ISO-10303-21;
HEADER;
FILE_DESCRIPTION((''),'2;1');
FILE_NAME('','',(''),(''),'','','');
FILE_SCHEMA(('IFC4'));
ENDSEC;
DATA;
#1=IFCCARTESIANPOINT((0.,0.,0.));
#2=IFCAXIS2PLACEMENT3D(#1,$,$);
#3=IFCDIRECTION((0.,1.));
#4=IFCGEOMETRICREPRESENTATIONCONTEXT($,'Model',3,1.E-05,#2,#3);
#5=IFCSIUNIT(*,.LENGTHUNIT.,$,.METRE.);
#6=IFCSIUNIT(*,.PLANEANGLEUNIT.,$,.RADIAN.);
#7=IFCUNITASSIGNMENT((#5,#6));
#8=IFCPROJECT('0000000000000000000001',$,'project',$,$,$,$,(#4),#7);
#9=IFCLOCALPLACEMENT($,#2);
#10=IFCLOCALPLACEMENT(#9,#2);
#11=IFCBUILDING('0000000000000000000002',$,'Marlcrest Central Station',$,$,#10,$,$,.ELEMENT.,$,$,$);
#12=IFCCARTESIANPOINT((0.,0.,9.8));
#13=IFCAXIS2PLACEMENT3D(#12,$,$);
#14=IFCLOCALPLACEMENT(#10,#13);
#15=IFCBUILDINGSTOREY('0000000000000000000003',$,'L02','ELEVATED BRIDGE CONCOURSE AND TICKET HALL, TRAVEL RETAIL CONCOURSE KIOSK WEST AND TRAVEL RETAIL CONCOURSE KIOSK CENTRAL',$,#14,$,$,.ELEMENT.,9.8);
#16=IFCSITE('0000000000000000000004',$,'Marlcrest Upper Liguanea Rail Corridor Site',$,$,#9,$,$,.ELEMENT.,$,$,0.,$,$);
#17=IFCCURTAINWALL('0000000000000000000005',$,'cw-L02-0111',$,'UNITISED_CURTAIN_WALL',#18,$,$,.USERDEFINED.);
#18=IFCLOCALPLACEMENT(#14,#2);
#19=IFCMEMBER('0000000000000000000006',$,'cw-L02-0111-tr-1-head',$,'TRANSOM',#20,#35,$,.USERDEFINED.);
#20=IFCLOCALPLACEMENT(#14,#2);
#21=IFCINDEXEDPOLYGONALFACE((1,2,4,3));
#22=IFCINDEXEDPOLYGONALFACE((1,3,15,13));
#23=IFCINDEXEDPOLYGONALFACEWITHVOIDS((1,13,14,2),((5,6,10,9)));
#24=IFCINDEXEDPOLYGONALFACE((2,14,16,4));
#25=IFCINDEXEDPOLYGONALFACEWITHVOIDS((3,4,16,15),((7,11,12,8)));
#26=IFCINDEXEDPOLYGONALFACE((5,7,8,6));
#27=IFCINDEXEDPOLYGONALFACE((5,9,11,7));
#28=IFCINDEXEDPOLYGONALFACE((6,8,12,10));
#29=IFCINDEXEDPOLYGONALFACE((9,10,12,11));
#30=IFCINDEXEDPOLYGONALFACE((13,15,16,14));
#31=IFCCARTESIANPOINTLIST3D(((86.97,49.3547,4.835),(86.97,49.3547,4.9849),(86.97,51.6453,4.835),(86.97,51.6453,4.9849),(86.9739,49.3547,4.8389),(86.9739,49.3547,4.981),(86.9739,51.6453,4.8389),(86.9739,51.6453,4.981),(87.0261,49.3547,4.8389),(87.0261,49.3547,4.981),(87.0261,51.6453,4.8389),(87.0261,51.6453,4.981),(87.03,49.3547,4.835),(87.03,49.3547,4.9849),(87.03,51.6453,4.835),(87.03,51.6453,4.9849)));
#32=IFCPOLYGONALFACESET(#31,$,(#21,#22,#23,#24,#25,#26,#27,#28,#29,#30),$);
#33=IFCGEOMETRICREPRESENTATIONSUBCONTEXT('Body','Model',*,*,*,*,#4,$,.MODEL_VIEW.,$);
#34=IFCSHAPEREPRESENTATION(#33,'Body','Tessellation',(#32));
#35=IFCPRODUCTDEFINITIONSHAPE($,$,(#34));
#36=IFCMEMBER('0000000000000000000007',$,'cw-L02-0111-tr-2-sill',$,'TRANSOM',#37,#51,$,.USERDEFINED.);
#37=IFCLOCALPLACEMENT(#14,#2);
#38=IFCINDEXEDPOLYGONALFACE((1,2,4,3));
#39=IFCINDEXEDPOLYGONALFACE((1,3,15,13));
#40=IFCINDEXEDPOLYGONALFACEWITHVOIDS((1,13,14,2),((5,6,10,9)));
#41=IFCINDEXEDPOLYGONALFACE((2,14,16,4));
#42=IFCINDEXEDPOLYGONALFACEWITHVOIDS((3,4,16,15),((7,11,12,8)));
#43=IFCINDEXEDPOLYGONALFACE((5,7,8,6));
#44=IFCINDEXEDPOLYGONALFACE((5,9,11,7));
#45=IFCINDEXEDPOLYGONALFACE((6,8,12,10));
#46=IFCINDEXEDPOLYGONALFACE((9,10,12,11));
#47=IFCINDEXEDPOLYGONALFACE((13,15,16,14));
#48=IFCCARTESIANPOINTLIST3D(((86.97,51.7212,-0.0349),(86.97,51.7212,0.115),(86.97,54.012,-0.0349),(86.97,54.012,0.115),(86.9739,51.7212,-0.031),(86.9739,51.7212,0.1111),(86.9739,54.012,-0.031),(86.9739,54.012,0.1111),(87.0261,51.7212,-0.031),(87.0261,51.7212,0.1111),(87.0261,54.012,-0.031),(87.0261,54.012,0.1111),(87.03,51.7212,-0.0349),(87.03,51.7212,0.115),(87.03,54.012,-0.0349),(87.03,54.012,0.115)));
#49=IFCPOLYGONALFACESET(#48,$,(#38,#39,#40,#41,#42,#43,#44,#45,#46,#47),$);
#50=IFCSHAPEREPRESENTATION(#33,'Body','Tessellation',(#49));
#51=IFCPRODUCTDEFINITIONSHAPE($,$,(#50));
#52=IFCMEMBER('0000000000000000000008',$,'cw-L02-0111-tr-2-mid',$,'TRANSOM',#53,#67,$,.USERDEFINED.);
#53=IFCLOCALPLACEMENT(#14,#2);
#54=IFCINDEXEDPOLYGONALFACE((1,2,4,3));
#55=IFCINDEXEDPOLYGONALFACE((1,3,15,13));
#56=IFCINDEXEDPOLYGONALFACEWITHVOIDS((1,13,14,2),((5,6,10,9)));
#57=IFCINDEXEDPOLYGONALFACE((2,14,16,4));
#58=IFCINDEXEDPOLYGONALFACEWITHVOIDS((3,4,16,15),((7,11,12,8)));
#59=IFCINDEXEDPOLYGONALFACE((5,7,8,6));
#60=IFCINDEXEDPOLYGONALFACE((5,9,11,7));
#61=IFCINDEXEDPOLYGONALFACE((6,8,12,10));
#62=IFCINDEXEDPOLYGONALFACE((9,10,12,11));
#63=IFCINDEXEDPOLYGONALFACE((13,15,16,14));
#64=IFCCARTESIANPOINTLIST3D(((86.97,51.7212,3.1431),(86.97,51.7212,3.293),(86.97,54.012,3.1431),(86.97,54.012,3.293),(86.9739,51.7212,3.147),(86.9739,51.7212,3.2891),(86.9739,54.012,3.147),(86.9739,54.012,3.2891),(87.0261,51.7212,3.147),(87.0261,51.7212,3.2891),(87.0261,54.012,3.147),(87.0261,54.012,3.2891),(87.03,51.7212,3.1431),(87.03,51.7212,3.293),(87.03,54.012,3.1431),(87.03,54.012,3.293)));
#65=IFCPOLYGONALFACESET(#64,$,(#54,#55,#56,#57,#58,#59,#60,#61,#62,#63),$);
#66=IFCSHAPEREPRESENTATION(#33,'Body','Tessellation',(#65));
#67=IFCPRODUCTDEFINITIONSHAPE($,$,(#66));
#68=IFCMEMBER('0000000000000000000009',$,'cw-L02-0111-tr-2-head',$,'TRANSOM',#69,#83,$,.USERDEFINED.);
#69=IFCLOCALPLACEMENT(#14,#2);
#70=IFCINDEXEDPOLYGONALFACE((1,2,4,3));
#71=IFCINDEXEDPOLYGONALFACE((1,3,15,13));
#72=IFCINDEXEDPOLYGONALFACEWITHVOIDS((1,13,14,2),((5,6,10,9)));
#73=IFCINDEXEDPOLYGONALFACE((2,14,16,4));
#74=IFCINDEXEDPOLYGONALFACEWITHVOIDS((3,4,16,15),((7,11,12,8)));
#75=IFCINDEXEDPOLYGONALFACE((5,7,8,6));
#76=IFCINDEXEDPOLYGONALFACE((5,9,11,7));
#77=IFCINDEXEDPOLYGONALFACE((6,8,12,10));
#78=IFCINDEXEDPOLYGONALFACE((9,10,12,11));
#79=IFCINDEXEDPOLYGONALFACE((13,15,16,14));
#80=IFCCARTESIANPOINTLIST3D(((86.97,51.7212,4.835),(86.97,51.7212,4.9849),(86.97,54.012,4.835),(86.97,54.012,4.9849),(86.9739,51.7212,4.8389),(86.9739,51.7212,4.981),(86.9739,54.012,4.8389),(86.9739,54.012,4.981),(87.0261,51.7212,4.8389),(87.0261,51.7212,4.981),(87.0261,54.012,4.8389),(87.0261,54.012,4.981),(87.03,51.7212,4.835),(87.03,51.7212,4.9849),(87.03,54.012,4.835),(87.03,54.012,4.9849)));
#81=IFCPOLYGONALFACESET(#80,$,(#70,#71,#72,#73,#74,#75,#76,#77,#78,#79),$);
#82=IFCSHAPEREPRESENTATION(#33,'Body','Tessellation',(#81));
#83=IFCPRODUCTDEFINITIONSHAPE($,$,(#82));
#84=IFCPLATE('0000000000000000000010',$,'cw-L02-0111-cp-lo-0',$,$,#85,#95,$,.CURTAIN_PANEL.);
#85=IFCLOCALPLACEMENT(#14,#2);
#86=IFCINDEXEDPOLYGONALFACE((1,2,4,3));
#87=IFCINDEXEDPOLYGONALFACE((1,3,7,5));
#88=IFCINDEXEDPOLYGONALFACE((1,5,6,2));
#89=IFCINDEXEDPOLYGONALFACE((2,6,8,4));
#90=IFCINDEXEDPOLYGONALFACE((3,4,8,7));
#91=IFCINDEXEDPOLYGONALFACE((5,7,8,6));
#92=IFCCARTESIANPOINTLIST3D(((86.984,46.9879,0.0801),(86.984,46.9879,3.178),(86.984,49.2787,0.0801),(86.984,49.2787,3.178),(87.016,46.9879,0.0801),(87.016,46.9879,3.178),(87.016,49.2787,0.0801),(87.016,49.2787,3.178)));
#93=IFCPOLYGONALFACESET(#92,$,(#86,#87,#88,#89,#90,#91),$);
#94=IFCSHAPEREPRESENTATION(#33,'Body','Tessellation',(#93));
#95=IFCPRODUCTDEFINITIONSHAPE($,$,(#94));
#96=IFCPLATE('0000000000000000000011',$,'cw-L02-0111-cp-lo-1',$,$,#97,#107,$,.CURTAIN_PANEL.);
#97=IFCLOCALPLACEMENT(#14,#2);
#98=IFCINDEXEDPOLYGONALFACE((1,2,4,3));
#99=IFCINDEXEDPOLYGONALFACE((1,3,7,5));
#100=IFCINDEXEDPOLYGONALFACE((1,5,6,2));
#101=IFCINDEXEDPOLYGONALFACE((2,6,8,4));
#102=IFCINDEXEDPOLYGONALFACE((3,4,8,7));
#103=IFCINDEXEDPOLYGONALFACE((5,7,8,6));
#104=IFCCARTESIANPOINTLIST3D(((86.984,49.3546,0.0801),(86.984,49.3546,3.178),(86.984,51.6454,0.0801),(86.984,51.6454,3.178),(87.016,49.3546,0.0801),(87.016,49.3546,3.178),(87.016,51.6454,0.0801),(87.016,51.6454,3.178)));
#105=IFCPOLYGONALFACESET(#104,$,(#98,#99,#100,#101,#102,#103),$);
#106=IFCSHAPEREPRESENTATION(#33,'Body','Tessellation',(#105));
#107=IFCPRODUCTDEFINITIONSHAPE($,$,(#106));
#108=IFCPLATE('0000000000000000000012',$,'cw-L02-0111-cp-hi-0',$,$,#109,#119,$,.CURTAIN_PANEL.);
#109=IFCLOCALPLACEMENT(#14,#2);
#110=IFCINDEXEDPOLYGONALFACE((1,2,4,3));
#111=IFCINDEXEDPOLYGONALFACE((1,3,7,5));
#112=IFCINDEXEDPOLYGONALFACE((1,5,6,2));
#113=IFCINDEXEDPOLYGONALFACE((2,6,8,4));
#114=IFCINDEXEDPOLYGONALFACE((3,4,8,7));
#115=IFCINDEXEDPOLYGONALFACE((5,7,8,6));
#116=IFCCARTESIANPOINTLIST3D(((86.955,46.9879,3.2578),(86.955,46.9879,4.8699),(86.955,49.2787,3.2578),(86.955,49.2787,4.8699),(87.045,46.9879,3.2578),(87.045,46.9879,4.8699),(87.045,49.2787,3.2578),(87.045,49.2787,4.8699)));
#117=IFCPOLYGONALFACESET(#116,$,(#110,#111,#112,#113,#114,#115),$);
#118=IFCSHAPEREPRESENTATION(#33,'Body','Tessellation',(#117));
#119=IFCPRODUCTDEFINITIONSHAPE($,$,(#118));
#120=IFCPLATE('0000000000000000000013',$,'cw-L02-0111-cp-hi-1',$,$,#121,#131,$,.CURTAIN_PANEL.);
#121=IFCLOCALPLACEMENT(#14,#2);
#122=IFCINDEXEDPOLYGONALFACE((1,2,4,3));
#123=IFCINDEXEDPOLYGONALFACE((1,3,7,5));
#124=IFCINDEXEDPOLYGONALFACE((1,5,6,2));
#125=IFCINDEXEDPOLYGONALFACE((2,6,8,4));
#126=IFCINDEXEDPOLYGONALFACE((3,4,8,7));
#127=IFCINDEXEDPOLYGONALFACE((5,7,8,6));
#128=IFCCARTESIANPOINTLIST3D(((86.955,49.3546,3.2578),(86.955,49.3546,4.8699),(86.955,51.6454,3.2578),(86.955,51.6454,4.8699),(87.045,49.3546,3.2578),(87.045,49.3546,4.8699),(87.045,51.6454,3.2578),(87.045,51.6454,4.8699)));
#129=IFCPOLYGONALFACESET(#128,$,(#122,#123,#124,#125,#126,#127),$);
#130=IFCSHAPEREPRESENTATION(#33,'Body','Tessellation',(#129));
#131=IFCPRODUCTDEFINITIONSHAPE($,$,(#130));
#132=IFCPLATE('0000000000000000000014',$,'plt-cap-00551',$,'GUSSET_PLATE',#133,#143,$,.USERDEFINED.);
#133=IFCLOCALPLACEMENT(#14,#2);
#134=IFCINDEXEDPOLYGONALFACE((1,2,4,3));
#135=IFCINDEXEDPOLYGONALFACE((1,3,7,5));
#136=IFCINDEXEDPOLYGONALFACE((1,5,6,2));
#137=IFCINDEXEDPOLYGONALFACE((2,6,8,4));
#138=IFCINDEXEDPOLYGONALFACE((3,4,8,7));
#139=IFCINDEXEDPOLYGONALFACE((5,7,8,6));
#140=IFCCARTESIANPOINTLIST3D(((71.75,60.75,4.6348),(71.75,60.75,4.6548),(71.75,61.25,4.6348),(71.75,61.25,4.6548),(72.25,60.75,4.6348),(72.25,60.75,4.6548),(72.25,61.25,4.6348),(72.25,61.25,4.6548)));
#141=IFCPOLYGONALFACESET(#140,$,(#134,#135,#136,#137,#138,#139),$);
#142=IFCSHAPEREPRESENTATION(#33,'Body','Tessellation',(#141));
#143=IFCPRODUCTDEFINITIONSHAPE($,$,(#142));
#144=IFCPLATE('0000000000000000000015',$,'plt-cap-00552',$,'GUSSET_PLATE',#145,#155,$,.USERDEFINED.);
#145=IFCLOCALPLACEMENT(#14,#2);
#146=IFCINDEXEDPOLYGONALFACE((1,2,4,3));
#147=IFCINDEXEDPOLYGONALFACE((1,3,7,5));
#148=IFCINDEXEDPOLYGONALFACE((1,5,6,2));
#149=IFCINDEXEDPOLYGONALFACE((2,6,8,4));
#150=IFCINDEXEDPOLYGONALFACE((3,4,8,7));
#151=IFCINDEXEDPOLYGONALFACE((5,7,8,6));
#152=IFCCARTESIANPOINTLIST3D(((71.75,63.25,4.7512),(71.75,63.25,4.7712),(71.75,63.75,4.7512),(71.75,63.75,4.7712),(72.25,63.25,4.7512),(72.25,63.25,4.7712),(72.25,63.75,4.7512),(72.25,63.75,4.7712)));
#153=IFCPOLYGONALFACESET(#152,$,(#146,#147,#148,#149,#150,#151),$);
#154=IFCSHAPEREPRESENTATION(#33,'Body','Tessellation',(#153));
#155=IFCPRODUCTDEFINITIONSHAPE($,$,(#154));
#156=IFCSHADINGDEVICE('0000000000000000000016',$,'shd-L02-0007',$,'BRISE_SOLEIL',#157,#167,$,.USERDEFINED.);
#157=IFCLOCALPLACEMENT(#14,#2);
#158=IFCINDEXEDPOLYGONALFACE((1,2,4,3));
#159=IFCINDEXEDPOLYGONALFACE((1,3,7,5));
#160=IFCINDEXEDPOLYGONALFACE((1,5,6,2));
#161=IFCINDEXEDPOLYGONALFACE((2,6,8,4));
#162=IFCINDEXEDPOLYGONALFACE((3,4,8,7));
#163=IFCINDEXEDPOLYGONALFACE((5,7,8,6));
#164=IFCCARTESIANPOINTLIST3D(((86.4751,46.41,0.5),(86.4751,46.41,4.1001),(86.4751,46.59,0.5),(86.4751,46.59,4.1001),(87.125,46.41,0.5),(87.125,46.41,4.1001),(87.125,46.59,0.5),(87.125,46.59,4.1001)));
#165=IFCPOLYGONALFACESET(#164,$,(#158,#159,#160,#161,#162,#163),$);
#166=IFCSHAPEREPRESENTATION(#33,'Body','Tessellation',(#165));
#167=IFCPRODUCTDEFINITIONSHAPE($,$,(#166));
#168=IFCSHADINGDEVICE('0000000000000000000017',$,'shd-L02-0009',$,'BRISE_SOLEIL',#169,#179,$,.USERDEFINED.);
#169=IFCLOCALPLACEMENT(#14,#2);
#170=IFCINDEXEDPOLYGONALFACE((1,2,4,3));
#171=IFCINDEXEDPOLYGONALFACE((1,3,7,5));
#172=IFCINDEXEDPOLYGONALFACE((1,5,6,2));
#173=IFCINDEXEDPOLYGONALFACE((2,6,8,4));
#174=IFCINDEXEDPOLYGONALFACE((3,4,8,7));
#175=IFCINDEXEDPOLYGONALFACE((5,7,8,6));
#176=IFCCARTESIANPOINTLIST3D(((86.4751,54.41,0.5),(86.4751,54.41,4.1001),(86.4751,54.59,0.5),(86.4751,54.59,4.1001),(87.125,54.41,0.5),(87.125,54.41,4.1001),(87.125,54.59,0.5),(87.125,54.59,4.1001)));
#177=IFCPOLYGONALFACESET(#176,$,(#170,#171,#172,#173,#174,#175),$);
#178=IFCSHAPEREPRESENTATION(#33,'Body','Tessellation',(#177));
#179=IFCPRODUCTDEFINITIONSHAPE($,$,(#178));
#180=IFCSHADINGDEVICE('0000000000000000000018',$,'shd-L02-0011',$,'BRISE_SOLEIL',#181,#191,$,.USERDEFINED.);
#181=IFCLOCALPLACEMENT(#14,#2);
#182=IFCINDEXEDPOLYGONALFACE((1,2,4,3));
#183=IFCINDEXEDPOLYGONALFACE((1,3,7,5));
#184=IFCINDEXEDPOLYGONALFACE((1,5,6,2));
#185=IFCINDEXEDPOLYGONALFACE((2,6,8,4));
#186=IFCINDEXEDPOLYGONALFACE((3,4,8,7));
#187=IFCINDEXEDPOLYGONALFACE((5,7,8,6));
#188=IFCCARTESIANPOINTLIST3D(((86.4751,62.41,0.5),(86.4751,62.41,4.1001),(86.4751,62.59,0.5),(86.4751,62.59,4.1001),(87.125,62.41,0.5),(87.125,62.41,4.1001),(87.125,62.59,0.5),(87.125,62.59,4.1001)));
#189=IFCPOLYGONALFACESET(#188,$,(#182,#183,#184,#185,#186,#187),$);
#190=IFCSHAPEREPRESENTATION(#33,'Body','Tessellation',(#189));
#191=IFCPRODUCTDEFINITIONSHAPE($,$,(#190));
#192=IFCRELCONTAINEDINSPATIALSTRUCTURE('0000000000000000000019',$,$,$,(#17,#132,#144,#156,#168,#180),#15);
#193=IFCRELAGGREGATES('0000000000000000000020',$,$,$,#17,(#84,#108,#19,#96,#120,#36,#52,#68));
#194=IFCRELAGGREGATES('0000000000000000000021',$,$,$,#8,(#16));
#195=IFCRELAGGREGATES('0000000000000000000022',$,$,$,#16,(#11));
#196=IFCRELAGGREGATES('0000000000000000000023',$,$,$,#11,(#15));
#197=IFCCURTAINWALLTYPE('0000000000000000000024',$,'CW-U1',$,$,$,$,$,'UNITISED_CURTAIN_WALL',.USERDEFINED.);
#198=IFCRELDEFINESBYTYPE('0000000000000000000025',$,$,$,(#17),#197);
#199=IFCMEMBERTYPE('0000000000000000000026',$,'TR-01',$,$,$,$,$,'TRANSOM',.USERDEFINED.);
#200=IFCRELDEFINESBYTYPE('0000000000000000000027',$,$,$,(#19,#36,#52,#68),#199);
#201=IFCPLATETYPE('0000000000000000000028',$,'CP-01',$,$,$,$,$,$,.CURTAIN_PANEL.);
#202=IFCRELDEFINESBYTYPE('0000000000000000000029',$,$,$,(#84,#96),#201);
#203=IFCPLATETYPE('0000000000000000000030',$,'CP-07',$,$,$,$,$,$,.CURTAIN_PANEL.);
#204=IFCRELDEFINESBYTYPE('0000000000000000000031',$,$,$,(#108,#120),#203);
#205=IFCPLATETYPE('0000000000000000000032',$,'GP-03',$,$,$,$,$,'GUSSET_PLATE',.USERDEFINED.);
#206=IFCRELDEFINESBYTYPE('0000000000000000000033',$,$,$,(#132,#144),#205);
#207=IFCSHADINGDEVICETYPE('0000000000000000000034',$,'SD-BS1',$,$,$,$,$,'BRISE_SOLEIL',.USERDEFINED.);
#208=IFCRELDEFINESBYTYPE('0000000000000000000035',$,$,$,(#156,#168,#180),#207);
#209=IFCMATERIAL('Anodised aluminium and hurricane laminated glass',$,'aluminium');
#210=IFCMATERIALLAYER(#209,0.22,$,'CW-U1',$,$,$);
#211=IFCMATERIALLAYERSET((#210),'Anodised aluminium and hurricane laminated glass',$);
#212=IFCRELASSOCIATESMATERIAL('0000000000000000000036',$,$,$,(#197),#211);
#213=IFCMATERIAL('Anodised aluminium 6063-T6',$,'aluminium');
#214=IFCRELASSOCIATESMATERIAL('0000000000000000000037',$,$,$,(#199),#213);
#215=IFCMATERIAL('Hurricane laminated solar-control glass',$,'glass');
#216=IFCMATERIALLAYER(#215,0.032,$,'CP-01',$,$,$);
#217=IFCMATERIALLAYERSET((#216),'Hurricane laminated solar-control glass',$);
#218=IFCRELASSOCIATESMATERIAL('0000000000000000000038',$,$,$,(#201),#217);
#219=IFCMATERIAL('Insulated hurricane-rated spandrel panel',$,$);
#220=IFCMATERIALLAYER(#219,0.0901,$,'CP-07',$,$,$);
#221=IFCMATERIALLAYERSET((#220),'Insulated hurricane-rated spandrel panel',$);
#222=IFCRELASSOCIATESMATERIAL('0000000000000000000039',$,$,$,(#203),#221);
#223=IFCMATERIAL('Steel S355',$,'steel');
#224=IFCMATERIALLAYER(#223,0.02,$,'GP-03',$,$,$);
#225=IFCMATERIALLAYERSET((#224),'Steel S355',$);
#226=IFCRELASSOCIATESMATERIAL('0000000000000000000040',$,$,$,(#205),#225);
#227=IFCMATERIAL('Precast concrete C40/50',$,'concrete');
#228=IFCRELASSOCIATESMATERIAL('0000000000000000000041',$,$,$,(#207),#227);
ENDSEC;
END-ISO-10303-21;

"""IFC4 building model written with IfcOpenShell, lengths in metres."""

from ifc_helpers import new_model, si_unit, direction, frame, origin, origin_2d, place, context, subcontext, project, spatial, rectangle, hollow_rectangle, extrude, material, layer, layer_set, material_profile, profile_set, type_object, element, aggregate, save


model = new_model("IFC4")

# Units and contexts
model_context = context("Model", 3, precision=1e-05, world=origin(), true_north=direction((0.0, 1.0)))
body_context = subcontext(model_context, "Body", "Model", "MODEL_VIEW")
ifc_project = project(units=[si_unit("LENGTHUNIT", "METRE"), si_unit("PLANEANGLEUNIT", "RADIAN")], contexts=[model_context])

# Site, building, storey
site_placement = place(None, origin())
site = spatial("IfcSite", under=ifc_project, at=site_placement, Name="Marlcrest Upper Liguanea Rail Corridor Site", CompositionType="ELEMENT", RefElevation=0.0)
building_placement = place(site_placement, origin())
building = spatial("IfcBuilding", under=site, at=building_placement, Name="Marlcrest Central Station", CompositionType="ELEMENT")
storey_placement = place(building_placement, frame((0.0, 0.0, 9.8)))
storey = spatial("IfcBuildingStorey", under=building, at=storey_placement, Name="L02", Description="ELEVATED BRIDGE CONCOURSE AND TICKET HALL, TRAVEL RETAIL CONCOURSE KIOSK WEST AND TRAVEL RETAIL CONCOURSE KIOSK CENTRAL", CompositionType="ELEMENT", Elevation=9.8)

# Shared definitions
ifc_material_1 = material(Name="Steel S355", Category="steel")

# Curtain wall, members, plates
ifc_material_2 = material(Name="Anodised aluminium and hurricane laminated glass", Category="aluminium")
ifc_layer_1 = layer(ifc_material_2, 0.22, Name="CW-U1")
ifc_layer_set_1 = layer_set([ifc_layer_1], Name="Anodised aluminium and hurricane laminated glass")
curtain_wall_type = type_object("IfcCurtainWallType", Name="CW-U1", ElementType="UNITISED_CURTAIN_WALL", PredefinedType="USERDEFINED", material=ifc_layer_set_1)
curtain_wall_placement = place(storey_placement, origin())
curtain_wall = element("IfcCurtainWall", 1, at=curtain_wall_placement, inside=storey, type_object=curtain_wall_type, Name="cw-L02-0111", ObjectType="UNITISED_CURTAIN_WALL", PredefinedType="USERDEFINED")
ifc_material_3 = material(Name="Anodised aluminium 6063-T6", Category="aluminium")
ifc_material_profile_1 = material_profile(ifc_material_3, hollow_rectangle(XDim=0.0601, YDim=0.1499, WallThickness=0.0039, at=origin_2d()), Name="AA-RHS 150x60x4")
ifc_profile_set_1 = profile_set([ifc_material_profile_1], Name="Anodised aluminium 6063-T6")
member_type_1 = type_object("IfcMemberType", Name="TR-01", ElementType="TRANSOM", PredefinedType="USERDEFINED", material=ifc_profile_set_1)
member_1_placement = place(storey_placement, frame((87.0, 49.3547, 4.9099), z_axis=(0.0, 1.0, 0.0), x_axis=(-1.0, 0.0, 0.0)))
member_1 = element("IfcMember", 2, at=member_1_placement, type_object=member_type_1, Name="cw-L02-0111-tr-1-head", ObjectType="TRANSOM", PredefinedType="USERDEFINED", context=body_context, shape_type="SweptSolid", body=[
    extrude(hollow_rectangle(XDim=0.0601, YDim=0.1499, WallThickness=0.0039, at=origin_2d()), origin(), (0.0, 0.0, 1.0), 2.2905),
])
member_2_placement = place(storey_placement, frame((87.0, 51.7212, 0.04), z_axis=(0.0, 1.0, 0.0), x_axis=(-1.0, 0.0, 0.0)))
member_2 = element("IfcMember", 3, at=member_2_placement, type_object=member_type_1, Name="cw-L02-0111-tr-2-sill", ObjectType="TRANSOM", PredefinedType="USERDEFINED", context=body_context, shape_type="SweptSolid", body=[
    extrude(hollow_rectangle(XDim=0.0601, YDim=0.1499, WallThickness=0.0039, at=origin_2d()), origin(), (0.0, 0.0, 1.0), 2.2908),
])
member_3_placement = place(storey_placement, frame((87.0, 51.7212, 3.218), z_axis=(0.0, 1.0, 0.0), x_axis=(-1.0, 0.0, 0.0)))
member_3 = element("IfcMember", 4, at=member_3_placement, type_object=member_type_1, Name="cw-L02-0111-tr-2-mid", ObjectType="TRANSOM", PredefinedType="USERDEFINED", context=body_context, shape_type="SweptSolid", body=[
    extrude(hollow_rectangle(XDim=0.0601, YDim=0.1499, WallThickness=0.0039, at=origin_2d()), origin(), (0.0, 0.0, 1.0), 2.2908),
])
member_4_placement = place(storey_placement, frame((87.0, 51.7212, 4.9099), z_axis=(0.0, 1.0, 0.0), x_axis=(-1.0, 0.0, 0.0)))
member_4 = element("IfcMember", 5, at=member_4_placement, type_object=member_type_1, Name="cw-L02-0111-tr-2-head", ObjectType="TRANSOM", PredefinedType="USERDEFINED", context=body_context, shape_type="SweptSolid", body=[
    extrude(hollow_rectangle(XDim=0.0601, YDim=0.1499, WallThickness=0.0039, at=origin_2d()), origin(), (0.0, 0.0, 1.0), 2.2908),
])
ifc_material_4 = material(Name="Hurricane laminated solar-control glass", Category="glass")
ifc_layer_2 = layer(ifc_material_4, 0.032, Name="CP-01")
ifc_layer_set_2 = layer_set([ifc_layer_2], Name="Hurricane laminated solar-control glass")
plate_type_1 = type_object("IfcPlateType", Name="CP-01", PredefinedType="CURTAIN_PANEL", material=ifc_layer_set_2)
plate_1_placement = place(storey_placement, frame((87.0, 48.1333, 0.0801), z_axis=(0.0, 0.0, 1.0), x_axis=(0.0, 1.0, 0.0)))
plate_1 = element("IfcPlate", 6, at=plate_1_placement, type_object=plate_type_1, Name="cw-L02-0111-cp-lo-0", PredefinedType="CURTAIN_PANEL", context=body_context, shape_type="SweptSolid", body=[
    extrude(rectangle(XDim=2.2908, YDim=0.032, at=origin_2d()), origin(), (0.0, 0.0, 1.0), 3.0979),
])
plate_2_placement = place(storey_placement, frame((87.0, 50.5, 0.0801), z_axis=(0.0, 0.0, 1.0), x_axis=(0.0, 1.0, 0.0)))
plate_2 = element("IfcPlate", 7, at=plate_2_placement, type_object=plate_type_1, Name="cw-L02-0111-cp-lo-1", PredefinedType="CURTAIN_PANEL", context=body_context, shape_type="SweptSolid", body=[
    extrude(rectangle(XDim=2.2908, YDim=0.032, at=origin_2d()), origin(), (0.0, 0.0, 1.0), 3.0979),
])
ifc_material_5 = material(Name="Insulated hurricane-rated spandrel panel")
ifc_layer_3 = layer(ifc_material_5, 0.0901, Name="CP-07")
ifc_layer_set_3 = layer_set([ifc_layer_3], Name="Insulated hurricane-rated spandrel panel")
plate_type_2 = type_object("IfcPlateType", Name="CP-07", PredefinedType="CURTAIN_PANEL", material=ifc_layer_set_3)
plate_3_placement = place(storey_placement, frame((87.0, 48.1333, 3.2578), z_axis=(0.0, 0.0, 1.0), x_axis=(0.0, 1.0, 0.0)))
plate_3 = element("IfcPlate", 8, at=plate_3_placement, type_object=plate_type_2, Name="cw-L02-0111-cp-hi-0", PredefinedType="CURTAIN_PANEL", context=body_context, shape_type="SweptSolid", body=[
    extrude(rectangle(XDim=2.2908, YDim=0.0901, at=origin_2d()), origin(), (0.0, 0.0, 1.0), 1.6121),
])
plate_4_placement = place(storey_placement, frame((87.0, 50.5, 3.2578), z_axis=(0.0, 0.0, 1.0), x_axis=(0.0, 1.0, 0.0)))
plate_4 = element("IfcPlate", 9, at=plate_4_placement, type_object=plate_type_2, Name="cw-L02-0111-cp-hi-1", PredefinedType="CURTAIN_PANEL", context=body_context, shape_type="SweptSolid", body=[
    extrude(rectangle(XDim=2.2908, YDim=0.0901, at=origin_2d()), origin(), (0.0, 0.0, 1.0), 1.6121),
])
aggregate(curtain_wall, [plate_1, plate_3, member_1, plate_2, plate_4, member_2, member_3, member_4])

# Plates
ifc_layer_4 = layer(ifc_material_1, 0.02, Name="GP-03")
ifc_layer_set_4 = layer_set([ifc_layer_4], Name="Steel S355")
plate_type_3 = type_object("IfcPlateType", Name="GP-03", ElementType="GUSSET_PLATE", PredefinedType="USERDEFINED", material=ifc_layer_set_4)
for number, where, z_axis, x_axis, name in (
    (10, (72.0, 61.0, 4.6348), (0.0, 0.0, 1.0), (1.0, 0.0, 0.0), "plt-cap-00551"),
    (11, (72.0, 63.5, 4.7512), (0.0, 0.0, 1.0), (1.0, 0.0, 0.0), "plt-cap-00552"),
):
    element("IfcPlate", number, at=place(storey_placement, frame(where, z_axis=z_axis, x_axis=x_axis)), inside=storey, type_object=plate_type_3, Name=name, ObjectType="GUSSET_PLATE", PredefinedType="USERDEFINED", context=body_context, shape_type="SweptSolid", body=[
        extrude(rectangle(XDim=0.5, YDim=0.5, at=origin_2d()), origin(), (0.0, 0.0, 1.0), 0.02),
    ])

# Shading devices
ifc_material_6 = material(Name="Precast concrete C40/50", Category="concrete")
shading_device_type = type_object("IfcShadingDeviceType", Name="SD-BS1", ElementType="BRISE_SOLEIL", PredefinedType="USERDEFINED", material=ifc_material_6)
for number, where, z_axis, x_axis, name in (
    (12, (86.8, 46.5, 0.5), (0.0, 0.0, 1.0), (0.0, 1.0, 0.0), "shd-L02-0007"),
    (13, (86.8, 54.5, 0.5), (0.0, 0.0, 1.0), (0.0, 1.0, 0.0), "shd-L02-0009"),
    (14, (86.8, 62.5, 0.5), (0.0, 0.0, 1.0), (0.0, 1.0, 0.0), "shd-L02-0011"),
):
    element("IfcShadingDevice", number, at=place(storey_placement, frame(where, z_axis=z_axis, x_axis=x_axis)), inside=storey, type_object=shading_device_type, Name=name, ObjectType="BRISE_SOLEIL", PredefinedType="USERDEFINED", context=body_context, shape_type="SweptSolid", body=[
        extrude(rectangle(XDim=0.1799, YDim=0.6499, at=origin_2d()), origin(), (0.0, 0.0, 1.0), 3.6001),
    ])

save(model, "model.ifc")
